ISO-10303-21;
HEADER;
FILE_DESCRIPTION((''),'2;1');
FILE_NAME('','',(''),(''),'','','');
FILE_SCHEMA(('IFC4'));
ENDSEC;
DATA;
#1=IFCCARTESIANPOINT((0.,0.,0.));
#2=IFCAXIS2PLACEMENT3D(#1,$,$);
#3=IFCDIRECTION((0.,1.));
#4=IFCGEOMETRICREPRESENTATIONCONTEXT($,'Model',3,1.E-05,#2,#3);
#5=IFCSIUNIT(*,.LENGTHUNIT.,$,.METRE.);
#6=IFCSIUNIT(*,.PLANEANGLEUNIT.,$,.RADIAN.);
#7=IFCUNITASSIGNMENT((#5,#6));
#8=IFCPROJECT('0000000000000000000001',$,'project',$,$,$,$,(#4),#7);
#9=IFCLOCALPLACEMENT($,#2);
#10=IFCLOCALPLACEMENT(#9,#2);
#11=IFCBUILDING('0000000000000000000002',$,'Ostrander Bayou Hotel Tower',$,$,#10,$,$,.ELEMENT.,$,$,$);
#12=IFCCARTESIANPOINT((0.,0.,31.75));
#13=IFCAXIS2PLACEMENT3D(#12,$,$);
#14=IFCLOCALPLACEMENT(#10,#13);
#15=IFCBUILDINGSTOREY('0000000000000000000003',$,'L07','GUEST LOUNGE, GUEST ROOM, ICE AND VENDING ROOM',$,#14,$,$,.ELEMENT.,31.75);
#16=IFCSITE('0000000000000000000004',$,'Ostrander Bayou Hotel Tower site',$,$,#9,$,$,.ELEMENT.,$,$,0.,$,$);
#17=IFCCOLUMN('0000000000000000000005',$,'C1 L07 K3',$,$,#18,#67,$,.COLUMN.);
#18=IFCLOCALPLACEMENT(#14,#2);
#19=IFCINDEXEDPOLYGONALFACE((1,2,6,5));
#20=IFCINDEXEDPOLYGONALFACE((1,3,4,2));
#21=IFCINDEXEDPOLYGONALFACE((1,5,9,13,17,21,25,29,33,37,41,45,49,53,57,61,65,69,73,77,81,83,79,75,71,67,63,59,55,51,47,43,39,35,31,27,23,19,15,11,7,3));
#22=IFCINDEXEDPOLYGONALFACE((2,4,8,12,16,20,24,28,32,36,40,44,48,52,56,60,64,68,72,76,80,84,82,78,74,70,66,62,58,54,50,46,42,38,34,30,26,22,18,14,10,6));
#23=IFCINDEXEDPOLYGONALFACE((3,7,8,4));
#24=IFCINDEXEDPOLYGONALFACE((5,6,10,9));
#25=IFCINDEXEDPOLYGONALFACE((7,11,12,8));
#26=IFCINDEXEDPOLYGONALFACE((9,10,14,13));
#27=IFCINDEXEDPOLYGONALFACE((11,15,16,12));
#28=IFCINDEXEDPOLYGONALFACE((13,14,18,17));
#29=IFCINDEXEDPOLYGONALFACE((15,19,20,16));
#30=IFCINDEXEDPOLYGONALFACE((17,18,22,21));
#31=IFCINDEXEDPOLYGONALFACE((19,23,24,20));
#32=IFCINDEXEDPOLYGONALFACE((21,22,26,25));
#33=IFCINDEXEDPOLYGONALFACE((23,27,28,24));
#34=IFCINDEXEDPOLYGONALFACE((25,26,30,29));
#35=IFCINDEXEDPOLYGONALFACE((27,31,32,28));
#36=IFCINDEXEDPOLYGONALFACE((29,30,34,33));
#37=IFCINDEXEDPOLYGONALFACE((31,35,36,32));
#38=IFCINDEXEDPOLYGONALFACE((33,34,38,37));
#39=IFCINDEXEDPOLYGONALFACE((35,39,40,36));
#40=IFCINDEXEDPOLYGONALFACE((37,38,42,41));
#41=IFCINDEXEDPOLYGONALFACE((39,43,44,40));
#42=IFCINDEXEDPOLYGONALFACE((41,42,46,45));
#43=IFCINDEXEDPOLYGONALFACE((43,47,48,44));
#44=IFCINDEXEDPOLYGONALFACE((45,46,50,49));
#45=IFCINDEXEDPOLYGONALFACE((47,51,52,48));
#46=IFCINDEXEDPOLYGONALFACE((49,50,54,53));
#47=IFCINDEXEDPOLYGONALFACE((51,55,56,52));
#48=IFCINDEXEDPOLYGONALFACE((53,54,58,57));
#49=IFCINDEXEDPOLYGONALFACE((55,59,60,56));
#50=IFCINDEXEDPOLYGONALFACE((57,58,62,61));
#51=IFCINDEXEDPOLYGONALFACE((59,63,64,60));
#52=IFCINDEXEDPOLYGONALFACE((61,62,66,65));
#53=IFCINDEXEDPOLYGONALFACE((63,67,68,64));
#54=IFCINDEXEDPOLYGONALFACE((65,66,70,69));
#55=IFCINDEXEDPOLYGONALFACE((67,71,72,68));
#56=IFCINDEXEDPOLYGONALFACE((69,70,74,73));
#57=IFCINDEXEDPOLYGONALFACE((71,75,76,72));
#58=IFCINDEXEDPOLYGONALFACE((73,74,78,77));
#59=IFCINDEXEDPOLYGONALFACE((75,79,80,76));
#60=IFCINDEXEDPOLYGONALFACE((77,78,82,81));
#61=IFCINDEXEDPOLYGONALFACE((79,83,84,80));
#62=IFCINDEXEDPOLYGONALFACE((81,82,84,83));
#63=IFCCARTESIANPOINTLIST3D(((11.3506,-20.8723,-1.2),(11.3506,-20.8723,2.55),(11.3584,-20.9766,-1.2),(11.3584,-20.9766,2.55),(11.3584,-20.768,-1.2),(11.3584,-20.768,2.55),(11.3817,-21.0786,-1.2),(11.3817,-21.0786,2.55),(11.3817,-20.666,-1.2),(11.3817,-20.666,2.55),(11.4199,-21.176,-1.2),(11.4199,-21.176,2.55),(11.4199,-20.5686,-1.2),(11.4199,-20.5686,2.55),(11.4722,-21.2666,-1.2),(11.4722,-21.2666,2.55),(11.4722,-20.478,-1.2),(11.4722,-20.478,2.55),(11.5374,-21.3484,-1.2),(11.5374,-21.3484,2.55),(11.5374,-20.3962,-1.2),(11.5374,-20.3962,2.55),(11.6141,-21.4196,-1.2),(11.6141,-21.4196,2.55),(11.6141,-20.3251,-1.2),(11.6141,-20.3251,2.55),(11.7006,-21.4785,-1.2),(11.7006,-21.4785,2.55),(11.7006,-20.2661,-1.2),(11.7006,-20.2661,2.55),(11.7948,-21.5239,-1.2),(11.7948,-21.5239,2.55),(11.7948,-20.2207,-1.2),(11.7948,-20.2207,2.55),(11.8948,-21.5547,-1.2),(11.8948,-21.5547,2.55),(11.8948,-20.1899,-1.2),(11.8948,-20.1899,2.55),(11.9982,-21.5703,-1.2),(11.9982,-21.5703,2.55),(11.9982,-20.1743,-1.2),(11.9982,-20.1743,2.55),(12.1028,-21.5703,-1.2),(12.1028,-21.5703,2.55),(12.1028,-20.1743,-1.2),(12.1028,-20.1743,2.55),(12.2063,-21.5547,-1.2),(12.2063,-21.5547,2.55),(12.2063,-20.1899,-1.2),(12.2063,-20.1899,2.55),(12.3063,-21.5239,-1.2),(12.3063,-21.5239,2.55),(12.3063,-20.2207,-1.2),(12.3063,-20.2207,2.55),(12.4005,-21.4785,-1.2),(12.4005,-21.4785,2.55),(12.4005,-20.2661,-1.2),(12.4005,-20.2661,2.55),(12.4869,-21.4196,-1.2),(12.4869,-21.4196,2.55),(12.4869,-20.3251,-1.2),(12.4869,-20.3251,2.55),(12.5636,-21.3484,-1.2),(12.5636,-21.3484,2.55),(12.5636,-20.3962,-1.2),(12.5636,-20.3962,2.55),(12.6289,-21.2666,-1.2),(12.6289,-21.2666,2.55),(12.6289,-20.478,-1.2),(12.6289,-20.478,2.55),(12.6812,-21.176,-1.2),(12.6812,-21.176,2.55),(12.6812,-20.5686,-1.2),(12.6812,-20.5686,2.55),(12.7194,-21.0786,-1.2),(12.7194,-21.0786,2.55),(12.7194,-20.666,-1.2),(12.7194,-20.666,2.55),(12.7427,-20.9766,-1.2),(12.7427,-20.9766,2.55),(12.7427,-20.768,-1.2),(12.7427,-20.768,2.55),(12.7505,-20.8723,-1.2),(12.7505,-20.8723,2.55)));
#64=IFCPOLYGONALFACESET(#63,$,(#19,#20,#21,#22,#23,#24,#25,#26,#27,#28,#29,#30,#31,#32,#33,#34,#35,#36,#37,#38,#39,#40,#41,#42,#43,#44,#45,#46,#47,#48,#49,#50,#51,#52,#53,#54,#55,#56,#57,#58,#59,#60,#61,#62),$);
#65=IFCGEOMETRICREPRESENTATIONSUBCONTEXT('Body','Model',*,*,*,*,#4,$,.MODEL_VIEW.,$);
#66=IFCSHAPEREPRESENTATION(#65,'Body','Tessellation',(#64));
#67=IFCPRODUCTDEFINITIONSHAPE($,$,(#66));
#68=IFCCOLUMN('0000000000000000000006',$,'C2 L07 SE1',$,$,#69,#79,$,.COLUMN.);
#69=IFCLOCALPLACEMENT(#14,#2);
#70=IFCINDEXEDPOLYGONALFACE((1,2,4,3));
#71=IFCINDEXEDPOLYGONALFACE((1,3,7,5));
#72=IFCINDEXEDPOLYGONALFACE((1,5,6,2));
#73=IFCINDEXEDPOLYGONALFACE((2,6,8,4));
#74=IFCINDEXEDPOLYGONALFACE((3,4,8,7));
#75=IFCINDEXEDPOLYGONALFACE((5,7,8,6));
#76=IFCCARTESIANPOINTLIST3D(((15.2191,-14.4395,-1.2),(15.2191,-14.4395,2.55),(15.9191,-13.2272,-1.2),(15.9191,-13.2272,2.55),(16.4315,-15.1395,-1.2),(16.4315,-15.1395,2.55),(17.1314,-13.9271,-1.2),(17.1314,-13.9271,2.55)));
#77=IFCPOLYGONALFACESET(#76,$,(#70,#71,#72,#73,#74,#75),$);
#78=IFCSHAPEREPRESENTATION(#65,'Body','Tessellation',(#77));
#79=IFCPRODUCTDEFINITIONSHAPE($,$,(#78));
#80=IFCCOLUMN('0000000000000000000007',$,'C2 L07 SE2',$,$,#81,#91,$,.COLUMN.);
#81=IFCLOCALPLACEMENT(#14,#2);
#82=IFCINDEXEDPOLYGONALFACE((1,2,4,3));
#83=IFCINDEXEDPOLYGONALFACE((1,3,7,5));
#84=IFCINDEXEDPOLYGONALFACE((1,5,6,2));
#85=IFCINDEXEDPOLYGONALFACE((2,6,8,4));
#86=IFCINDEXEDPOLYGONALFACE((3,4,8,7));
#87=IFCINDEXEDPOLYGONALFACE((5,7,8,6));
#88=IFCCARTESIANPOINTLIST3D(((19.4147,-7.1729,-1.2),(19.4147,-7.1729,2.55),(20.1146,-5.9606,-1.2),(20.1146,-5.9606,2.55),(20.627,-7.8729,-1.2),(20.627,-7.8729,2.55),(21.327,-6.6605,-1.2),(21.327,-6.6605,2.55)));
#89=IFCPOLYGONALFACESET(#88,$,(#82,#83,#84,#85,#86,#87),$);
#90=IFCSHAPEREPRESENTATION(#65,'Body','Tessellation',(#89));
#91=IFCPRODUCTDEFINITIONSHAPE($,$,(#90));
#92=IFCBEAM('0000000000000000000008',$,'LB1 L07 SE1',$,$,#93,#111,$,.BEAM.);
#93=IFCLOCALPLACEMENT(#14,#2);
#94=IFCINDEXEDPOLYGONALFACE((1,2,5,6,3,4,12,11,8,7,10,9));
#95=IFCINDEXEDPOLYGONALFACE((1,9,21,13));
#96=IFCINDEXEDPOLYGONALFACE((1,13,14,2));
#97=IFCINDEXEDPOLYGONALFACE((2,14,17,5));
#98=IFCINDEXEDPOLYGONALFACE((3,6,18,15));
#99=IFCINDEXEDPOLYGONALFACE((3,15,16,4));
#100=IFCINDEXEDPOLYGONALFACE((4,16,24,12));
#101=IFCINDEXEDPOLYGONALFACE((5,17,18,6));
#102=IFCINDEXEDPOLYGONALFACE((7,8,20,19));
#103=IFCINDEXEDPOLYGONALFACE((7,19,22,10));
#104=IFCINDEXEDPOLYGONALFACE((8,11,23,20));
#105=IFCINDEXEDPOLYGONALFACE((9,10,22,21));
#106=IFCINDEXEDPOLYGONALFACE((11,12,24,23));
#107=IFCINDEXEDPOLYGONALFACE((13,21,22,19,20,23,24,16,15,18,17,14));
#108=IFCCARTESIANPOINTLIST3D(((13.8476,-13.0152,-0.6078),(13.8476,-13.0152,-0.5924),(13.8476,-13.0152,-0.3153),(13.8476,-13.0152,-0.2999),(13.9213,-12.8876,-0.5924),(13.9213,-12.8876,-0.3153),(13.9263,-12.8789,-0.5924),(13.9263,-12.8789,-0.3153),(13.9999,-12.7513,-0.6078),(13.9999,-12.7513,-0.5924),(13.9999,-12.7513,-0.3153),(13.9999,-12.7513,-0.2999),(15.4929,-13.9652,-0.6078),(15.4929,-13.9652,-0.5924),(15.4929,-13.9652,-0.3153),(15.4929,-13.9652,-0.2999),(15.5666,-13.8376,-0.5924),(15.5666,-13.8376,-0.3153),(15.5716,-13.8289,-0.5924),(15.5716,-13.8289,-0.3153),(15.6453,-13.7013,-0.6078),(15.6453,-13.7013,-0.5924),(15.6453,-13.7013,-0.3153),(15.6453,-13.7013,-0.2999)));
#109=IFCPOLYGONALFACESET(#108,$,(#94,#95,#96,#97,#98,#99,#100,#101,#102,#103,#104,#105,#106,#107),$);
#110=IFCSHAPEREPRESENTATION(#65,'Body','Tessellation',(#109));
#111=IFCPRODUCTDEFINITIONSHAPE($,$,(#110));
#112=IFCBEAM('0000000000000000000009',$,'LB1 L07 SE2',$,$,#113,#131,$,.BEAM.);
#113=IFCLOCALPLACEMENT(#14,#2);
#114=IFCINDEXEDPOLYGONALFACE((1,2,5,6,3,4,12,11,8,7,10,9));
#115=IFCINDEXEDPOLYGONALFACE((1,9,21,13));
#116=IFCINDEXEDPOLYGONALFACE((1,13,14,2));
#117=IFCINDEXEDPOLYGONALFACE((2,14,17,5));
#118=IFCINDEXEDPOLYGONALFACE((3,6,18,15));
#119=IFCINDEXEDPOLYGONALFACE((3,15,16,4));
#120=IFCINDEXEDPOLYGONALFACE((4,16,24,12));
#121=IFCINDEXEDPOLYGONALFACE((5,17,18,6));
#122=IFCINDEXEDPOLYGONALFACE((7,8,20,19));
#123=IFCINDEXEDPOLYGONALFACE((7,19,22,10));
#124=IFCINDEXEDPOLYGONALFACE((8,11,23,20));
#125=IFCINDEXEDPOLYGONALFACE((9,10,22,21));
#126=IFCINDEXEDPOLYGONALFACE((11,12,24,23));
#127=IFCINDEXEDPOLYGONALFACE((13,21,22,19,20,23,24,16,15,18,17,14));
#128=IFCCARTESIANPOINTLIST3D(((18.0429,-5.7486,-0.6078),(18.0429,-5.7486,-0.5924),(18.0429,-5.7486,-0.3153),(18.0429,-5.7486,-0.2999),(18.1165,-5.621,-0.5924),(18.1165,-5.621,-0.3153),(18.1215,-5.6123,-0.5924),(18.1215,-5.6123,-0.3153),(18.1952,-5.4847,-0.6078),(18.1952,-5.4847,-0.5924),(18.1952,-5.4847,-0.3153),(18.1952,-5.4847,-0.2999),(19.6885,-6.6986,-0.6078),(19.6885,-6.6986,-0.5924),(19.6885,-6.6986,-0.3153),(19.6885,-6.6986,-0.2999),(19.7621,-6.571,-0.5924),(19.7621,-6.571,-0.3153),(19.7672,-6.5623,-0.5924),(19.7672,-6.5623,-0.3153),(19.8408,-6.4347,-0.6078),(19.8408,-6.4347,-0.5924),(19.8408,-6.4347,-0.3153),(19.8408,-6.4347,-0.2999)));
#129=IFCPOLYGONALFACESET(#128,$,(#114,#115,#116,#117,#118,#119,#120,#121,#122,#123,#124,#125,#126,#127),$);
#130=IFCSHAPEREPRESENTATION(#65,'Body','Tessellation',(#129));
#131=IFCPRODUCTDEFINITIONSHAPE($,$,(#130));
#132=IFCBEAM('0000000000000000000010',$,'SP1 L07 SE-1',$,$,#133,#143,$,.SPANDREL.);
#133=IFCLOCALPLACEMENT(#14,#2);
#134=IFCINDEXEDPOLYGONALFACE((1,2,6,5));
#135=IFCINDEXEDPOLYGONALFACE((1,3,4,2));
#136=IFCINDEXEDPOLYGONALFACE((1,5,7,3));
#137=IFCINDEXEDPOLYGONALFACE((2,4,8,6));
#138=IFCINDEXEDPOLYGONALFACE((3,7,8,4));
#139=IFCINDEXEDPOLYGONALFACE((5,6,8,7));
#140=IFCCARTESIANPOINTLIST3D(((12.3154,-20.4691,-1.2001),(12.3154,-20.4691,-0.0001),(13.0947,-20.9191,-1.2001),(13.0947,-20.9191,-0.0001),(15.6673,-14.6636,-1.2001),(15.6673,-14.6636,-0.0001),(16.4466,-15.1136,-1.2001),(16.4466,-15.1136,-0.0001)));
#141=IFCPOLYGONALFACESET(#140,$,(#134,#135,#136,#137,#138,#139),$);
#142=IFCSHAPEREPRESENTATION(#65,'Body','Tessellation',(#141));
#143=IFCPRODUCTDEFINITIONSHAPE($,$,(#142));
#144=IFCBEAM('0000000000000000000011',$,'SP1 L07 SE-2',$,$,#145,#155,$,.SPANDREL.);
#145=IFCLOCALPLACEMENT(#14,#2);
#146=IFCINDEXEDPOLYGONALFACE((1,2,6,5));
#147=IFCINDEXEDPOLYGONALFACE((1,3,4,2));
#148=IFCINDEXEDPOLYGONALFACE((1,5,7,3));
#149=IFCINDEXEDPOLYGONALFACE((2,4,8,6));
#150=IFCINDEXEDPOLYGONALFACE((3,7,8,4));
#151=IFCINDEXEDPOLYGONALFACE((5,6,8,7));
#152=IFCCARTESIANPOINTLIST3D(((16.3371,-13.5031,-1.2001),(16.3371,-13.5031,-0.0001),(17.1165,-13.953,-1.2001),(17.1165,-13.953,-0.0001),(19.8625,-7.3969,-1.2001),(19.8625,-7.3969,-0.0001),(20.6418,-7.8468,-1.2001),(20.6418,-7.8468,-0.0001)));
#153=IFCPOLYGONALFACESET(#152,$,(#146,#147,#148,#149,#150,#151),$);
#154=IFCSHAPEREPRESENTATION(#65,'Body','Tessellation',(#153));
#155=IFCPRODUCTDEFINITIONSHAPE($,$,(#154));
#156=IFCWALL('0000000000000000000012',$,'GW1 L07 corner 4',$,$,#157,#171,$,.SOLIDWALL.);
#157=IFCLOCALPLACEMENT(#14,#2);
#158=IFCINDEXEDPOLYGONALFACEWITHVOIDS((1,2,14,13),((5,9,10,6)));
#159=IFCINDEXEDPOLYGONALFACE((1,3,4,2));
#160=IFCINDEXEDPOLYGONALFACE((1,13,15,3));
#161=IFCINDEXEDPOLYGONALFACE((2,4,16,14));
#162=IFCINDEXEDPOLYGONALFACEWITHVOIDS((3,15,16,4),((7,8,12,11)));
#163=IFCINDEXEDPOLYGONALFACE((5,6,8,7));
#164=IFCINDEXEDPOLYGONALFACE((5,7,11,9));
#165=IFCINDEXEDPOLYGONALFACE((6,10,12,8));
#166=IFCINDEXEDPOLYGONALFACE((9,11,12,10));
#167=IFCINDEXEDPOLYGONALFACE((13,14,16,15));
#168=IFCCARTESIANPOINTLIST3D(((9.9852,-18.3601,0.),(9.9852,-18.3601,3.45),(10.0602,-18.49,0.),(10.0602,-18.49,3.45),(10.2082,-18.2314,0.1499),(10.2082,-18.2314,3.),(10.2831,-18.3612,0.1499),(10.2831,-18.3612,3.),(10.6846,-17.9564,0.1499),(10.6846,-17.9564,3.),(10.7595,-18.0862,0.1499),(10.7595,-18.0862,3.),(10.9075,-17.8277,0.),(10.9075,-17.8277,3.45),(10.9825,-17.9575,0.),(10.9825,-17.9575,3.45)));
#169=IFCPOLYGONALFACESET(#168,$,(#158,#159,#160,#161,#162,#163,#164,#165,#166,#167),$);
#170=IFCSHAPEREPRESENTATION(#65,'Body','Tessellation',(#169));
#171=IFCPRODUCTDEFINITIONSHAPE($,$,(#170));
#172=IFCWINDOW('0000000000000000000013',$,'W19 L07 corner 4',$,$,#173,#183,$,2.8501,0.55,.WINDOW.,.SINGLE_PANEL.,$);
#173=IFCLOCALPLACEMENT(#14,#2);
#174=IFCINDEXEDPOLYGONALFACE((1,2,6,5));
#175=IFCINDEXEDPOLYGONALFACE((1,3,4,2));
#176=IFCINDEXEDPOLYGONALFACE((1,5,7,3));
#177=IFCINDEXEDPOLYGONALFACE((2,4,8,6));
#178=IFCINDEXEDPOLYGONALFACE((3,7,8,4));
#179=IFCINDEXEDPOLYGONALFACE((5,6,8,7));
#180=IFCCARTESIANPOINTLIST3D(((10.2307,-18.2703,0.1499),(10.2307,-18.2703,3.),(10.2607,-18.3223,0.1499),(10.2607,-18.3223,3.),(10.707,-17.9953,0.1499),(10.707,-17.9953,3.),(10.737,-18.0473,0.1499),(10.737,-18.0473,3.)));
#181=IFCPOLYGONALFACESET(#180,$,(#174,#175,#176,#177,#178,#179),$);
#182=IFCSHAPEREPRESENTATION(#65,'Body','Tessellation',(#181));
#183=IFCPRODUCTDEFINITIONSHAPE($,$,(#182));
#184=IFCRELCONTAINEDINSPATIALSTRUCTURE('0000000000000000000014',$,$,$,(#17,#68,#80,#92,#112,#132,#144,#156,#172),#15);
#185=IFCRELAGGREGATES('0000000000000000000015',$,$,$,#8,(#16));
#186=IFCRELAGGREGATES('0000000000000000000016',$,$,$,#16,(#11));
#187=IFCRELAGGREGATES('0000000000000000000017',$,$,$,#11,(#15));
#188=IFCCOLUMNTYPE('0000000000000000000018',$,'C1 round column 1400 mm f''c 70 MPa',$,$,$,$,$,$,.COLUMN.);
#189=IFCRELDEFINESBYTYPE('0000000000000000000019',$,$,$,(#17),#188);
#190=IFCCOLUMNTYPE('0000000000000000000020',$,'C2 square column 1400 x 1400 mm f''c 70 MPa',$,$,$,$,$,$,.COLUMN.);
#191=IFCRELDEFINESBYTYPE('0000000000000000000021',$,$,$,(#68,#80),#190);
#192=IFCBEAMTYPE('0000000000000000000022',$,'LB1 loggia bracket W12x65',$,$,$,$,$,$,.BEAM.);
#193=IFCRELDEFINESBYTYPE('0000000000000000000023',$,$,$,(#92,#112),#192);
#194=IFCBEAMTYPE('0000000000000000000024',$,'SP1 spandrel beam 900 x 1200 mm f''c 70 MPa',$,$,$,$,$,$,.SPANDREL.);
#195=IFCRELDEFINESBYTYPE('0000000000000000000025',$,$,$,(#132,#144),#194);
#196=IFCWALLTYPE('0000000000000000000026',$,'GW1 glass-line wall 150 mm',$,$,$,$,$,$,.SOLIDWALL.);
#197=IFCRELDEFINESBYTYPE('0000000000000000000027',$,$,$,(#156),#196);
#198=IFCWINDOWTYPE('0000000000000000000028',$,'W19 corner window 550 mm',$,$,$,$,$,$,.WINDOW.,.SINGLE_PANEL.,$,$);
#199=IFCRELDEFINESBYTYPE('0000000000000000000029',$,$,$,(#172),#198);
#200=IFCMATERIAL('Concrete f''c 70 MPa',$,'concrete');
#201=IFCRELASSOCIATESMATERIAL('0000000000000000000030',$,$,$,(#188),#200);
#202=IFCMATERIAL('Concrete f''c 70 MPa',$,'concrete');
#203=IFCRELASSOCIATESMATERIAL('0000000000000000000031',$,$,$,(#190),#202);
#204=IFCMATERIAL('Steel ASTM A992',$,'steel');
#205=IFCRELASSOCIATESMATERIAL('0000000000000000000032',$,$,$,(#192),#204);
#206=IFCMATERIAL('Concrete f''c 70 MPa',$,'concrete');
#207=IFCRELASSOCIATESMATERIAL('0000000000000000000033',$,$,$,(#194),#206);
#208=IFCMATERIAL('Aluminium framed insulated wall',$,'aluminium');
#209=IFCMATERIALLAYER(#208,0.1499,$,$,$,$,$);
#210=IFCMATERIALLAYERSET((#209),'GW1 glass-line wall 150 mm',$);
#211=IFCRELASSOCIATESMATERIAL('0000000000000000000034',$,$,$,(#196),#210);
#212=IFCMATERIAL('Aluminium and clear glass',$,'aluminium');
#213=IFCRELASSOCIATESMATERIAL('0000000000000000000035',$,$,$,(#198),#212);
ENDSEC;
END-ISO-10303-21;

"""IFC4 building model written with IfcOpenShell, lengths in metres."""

from ifc_helpers import new_model, si_unit, direction, frame, frame_2d, origin, origin_2d, place, context, subcontext, project, spatial, rectangle, circle, i_section, extrude, material, layer, layer_set, material_profile, profile_set, type_object, element, fill, save


model = new_model("IFC4")

# Units and contexts
model_context = context("Model", 3, precision=1e-05, world=origin(), true_north=direction((0.0, 1.0)))
body_context = subcontext(model_context, "Body", "Model", "MODEL_VIEW")
ifc_project = project(units=[si_unit("LENGTHUNIT", "METRE"), si_unit("PLANEANGLEUNIT", "RADIAN")], contexts=[model_context])

# Site, building, storey
site_placement = place(None, origin())
site = spatial("IfcSite", under=ifc_project, at=site_placement, Name="Ostrander Bayou Hotel Tower site", CompositionType="ELEMENT", RefElevation=0.0)
building_placement = place(site_placement, origin())
building = spatial("IfcBuilding", under=site, at=building_placement, Name="Ostrander Bayou Hotel Tower", CompositionType="ELEMENT")
storey_placement = place(building_placement, frame((0.0, 0.0, 31.75)))
storey = spatial("IfcBuildingStorey", under=building, at=storey_placement, Name="L07", Description="GUEST LOUNGE, GUEST ROOM, ICE AND VENDING ROOM", CompositionType="ELEMENT", Elevation=31.75)

# Columns
ifc_material_1 = material(Name="Concrete f'c 70 MPa", Category="concrete")
ifc_material_profile_1 = material_profile(ifc_material_1, circle(Radius=0.7, at=origin_2d()))
ifc_profile_set_1 = profile_set([ifc_material_profile_1], Name="Concrete f'c 70 MPa")
column_type_1 = type_object("IfcColumnType", Name="C1 round column 1400 mm f'c 70 MPa", PredefinedType="COLUMN", material=ifc_profile_set_1)
column_placement = place(storey_placement, frame((12.0505, -20.8723, -1.2), z_axis=(0.0, 0.0, 1.0), x_axis=(1.0, 0.0, 0.0)))
element("IfcColumn", 1, at=column_placement, inside=storey, type_object=column_type_1, Name="C1 L07 K3", PredefinedType="COLUMN", context=body_context, shape_type="SweptSolid", body=[
    extrude(circle(Radius=0.7, at=origin_2d()), origin(), (0.0, 0.0, 1.0), 3.75),
])
ifc_material_2 = material(Name="Concrete f'c 70 MPa", Category="concrete")
ifc_material_profile_2 = material_profile(ifc_material_2, rectangle(XDim=1.3999, YDim=1.3999, at=origin_2d()))
ifc_profile_set_2 = profile_set([ifc_material_profile_2], Name="Concrete f'c 70 MPa")
column_type_2 = type_object("IfcColumnType", Name="C2 square column 1400 x 1400 mm f'c 70 MPa", PredefinedType="COLUMN", material=ifc_profile_set_2)
for number, where, z_axis, x_axis, name in (
    (2, (16.1753, -14.1833, -1.2), (0.0, 0.0, 1.0), (-0.5, -0.866025, 0.0), "C2 L07 SE1"),
    (3, (20.3708, -6.9167, -1.2), (0.0, 0.0, 1.0), (-0.5, -0.866025, 0.0), "C2 L07 SE2"),
):
    element("IfcColumn", number, at=place(storey_placement, frame(where, z_axis=z_axis, x_axis=x_axis)), inside=storey, type_object=column_type_2, Name=name, PredefinedType="COLUMN", context=body_context, shape_type="SweptSolid", body=[
        extrude(rectangle(XDim=1.3999, YDim=1.3999, at=origin_2d()), origin(), (0.0, 0.0, 1.0), 3.75),
    ])

# Beams
ifc_material_3 = material(Name="Steel ASTM A992", Category="steel")
ifc_material_profile_3 = material_profile(ifc_material_3, i_section(OverallWidth=0.3047, OverallDepth=0.3079, WebThickness=0.01, FlangeThickness=0.0154, at=origin_2d()))
ifc_profile_set_3 = profile_set([ifc_material_profile_3], Name="Steel ASTM A992")
beam_type_1 = type_object("IfcBeamType", Name="LB1 loggia bracket W12x65", PredefinedType="BEAM", material=ifc_profile_set_3)
beam_1_placement = place(storey_placement, frame((15.5691, -13.8333, -0.4539), z_axis=(-0.866012, 0.500023, 0.0), x_axis=(-0.500023, -0.866012, 0.0)))
element("IfcBeam", 4, at=beam_1_placement, inside=storey, type_object=beam_type_1, Name="LB1 L07 SE1", PredefinedType="BEAM", context=body_context, shape_type="SweptSolid", body=[
    extrude(i_section(OverallWidth=0.3047, OverallDepth=0.3079, WebThickness=0.01, FlangeThickness=0.0154, at=origin_2d()), origin(), (0.0, 0.0, 1.0), 1.8999),
])
beam_2_placement = place(storey_placement, frame((19.7646, -6.5667, -0.4539), z_axis=(-0.866044, 0.499967, 0.0), x_axis=(-0.499967, -0.866044, 0.0)))
element("IfcBeam", 5, at=beam_2_placement, inside=storey, type_object=beam_type_1, Name="LB1 L07 SE2", PredefinedType="BEAM", context=body_context, shape_type="SweptSolid", body=[
    extrude(i_section(OverallWidth=0.3047, OverallDepth=0.3079, WebThickness=0.01, FlangeThickness=0.0154, at=origin_2d()), origin(), (0.0, 0.0, 1.0), 1.9001),
])
ifc_material_4 = material(Name="Concrete f'c 70 MPa", Category="concrete")
ifc_material_profile_4 = material_profile(ifc_material_4, rectangle(XDim=0.8999, YDim=1.2, at=origin_2d()))
ifc_profile_set_4 = profile_set([ifc_material_profile_4], Name="Concrete f'c 70 MPa")
beam_type_2 = type_object("IfcBeamType", Name="SP1 spandrel beam 900 x 1200 mm f'c 70 MPa", PredefinedType="SPANDREL", material=ifc_profile_set_4)
beam_3_placement = place(storey_placement, frame((12.7051, -20.6941, -0.6001), z_axis=(0.500005, 0.866022, 0.0), x_axis=(-0.866022, 0.500005, 0.0)))
element("IfcBeam", 6, at=beam_3_placement, inside=storey, type_object=beam_type_2, Name="SP1 L07 SE-1", PredefinedType="SPANDREL", context=body_context, shape_type="SweptSolid", body=[
    extrude(rectangle(XDim=0.8999, YDim=1.2, at=origin_2d()), origin(), (0.0, 0.0, 1.0), 6.7036),
])
beam_4_placement = place(storey_placement, frame((16.7268, -13.728, -0.6001), z_axis=(0.499997, 0.866027, 0.0), x_axis=(-0.866027, 0.499997, 0.0)))
element("IfcBeam", 7, at=beam_4_placement, inside=storey, type_object=beam_type_2, Name="SP1 L07 SE-2", PredefinedType="SPANDREL", context=body_context, shape_type="SweptSolid", body=[
    extrude(rectangle(XDim=0.8999, YDim=1.2, at=origin_2d()), origin(), (0.0, 0.0, 1.0), 7.0508),
])

# Shared definitions
ifc_material_5 = material(Name="Aluminium framed insulated wall", Category="aluminium")
ifc_layer_1 = layer(ifc_material_5, 0.1499)
ifc_layer_set_1 = layer_set([ifc_layer_1], Name="GW1 glass-line wall 150 mm")
wall_type_1 = type_object("IfcWallType", Name="GW1 glass-line wall 150 mm", PredefinedType="SOLIDWALL", material=ifc_layer_set_1)

# Wall, opening, window
wall_1_placement = place(storey_placement, frame((10.0227, -18.425, 0.0), z_axis=(0.0, 0.0, 1.0), x_axis=(0.866048, 0.499961, 0.0)))
wall_1 = element("IfcWall", 8, at=wall_1_placement, inside=storey, type_object=wall_type_1, Name="GW1 L07 corner 4", PredefinedType="SOLIDWALL", context=body_context, shape_type="SweptSolid", body=[
    extrude(rectangle(XDim=1.0649, YDim=0.1499, at=frame_2d((0.5325, 0.0))), origin(), (0.0, 0.0, 1.0), 3.45),
])
opening_1_placement = place(wall_1_placement, frame((0.2576, 0.0, 0.1499)))
opening_1 = element("IfcOpeningElement", 9, at=opening_1_placement, cuts=wall_1, PredefinedType="OPENING", context=body_context, shape_type="SweptSolid", body=[
    extrude(rectangle(XDim=0.55, YDim=2.8501, at=frame_2d((0.2749, 1.425))), frame((0.0, 0.075, 0.0), z_axis=(0.0, -1.0, 0.0), x_axis=(1.0, 0.0, 0.0)), (0.0, 0.0, 1.0), 0.1499),
])
ifc_material_6 = material(Name="Aluminium and clear glass", Category="aluminium")
window_type_1 = type_object("IfcWindowType", Name="W19 corner window 550 mm", PartitioningType="SINGLE_PANEL", PredefinedType="WINDOW", material=ifc_material_6)
window_1_placement = place(opening_1_placement, origin())
window_1 = element("IfcWindow", 10, at=window_1_placement, inside=storey, type_object=window_type_1, Name="W19 L07 corner 4", OverallHeight=2.8501, OverallWidth=0.55, PartitioningType="SINGLE_PANEL", PredefinedType="WINDOW", context=body_context, shape_type="SweptSolid", body=[
    extrude(rectangle(XDim=0.55, YDim=2.8501, at=frame_2d((0.2749, 1.425))), frame((0.0, 0.03, 0.0), z_axis=(0.0, -1.0, 0.0), x_axis=(1.0, 0.0, 0.0)), (0.0, 0.0, 1.0), 0.0601),
])
fill(opening_1, window_1)

save(model, "model.ifc")
